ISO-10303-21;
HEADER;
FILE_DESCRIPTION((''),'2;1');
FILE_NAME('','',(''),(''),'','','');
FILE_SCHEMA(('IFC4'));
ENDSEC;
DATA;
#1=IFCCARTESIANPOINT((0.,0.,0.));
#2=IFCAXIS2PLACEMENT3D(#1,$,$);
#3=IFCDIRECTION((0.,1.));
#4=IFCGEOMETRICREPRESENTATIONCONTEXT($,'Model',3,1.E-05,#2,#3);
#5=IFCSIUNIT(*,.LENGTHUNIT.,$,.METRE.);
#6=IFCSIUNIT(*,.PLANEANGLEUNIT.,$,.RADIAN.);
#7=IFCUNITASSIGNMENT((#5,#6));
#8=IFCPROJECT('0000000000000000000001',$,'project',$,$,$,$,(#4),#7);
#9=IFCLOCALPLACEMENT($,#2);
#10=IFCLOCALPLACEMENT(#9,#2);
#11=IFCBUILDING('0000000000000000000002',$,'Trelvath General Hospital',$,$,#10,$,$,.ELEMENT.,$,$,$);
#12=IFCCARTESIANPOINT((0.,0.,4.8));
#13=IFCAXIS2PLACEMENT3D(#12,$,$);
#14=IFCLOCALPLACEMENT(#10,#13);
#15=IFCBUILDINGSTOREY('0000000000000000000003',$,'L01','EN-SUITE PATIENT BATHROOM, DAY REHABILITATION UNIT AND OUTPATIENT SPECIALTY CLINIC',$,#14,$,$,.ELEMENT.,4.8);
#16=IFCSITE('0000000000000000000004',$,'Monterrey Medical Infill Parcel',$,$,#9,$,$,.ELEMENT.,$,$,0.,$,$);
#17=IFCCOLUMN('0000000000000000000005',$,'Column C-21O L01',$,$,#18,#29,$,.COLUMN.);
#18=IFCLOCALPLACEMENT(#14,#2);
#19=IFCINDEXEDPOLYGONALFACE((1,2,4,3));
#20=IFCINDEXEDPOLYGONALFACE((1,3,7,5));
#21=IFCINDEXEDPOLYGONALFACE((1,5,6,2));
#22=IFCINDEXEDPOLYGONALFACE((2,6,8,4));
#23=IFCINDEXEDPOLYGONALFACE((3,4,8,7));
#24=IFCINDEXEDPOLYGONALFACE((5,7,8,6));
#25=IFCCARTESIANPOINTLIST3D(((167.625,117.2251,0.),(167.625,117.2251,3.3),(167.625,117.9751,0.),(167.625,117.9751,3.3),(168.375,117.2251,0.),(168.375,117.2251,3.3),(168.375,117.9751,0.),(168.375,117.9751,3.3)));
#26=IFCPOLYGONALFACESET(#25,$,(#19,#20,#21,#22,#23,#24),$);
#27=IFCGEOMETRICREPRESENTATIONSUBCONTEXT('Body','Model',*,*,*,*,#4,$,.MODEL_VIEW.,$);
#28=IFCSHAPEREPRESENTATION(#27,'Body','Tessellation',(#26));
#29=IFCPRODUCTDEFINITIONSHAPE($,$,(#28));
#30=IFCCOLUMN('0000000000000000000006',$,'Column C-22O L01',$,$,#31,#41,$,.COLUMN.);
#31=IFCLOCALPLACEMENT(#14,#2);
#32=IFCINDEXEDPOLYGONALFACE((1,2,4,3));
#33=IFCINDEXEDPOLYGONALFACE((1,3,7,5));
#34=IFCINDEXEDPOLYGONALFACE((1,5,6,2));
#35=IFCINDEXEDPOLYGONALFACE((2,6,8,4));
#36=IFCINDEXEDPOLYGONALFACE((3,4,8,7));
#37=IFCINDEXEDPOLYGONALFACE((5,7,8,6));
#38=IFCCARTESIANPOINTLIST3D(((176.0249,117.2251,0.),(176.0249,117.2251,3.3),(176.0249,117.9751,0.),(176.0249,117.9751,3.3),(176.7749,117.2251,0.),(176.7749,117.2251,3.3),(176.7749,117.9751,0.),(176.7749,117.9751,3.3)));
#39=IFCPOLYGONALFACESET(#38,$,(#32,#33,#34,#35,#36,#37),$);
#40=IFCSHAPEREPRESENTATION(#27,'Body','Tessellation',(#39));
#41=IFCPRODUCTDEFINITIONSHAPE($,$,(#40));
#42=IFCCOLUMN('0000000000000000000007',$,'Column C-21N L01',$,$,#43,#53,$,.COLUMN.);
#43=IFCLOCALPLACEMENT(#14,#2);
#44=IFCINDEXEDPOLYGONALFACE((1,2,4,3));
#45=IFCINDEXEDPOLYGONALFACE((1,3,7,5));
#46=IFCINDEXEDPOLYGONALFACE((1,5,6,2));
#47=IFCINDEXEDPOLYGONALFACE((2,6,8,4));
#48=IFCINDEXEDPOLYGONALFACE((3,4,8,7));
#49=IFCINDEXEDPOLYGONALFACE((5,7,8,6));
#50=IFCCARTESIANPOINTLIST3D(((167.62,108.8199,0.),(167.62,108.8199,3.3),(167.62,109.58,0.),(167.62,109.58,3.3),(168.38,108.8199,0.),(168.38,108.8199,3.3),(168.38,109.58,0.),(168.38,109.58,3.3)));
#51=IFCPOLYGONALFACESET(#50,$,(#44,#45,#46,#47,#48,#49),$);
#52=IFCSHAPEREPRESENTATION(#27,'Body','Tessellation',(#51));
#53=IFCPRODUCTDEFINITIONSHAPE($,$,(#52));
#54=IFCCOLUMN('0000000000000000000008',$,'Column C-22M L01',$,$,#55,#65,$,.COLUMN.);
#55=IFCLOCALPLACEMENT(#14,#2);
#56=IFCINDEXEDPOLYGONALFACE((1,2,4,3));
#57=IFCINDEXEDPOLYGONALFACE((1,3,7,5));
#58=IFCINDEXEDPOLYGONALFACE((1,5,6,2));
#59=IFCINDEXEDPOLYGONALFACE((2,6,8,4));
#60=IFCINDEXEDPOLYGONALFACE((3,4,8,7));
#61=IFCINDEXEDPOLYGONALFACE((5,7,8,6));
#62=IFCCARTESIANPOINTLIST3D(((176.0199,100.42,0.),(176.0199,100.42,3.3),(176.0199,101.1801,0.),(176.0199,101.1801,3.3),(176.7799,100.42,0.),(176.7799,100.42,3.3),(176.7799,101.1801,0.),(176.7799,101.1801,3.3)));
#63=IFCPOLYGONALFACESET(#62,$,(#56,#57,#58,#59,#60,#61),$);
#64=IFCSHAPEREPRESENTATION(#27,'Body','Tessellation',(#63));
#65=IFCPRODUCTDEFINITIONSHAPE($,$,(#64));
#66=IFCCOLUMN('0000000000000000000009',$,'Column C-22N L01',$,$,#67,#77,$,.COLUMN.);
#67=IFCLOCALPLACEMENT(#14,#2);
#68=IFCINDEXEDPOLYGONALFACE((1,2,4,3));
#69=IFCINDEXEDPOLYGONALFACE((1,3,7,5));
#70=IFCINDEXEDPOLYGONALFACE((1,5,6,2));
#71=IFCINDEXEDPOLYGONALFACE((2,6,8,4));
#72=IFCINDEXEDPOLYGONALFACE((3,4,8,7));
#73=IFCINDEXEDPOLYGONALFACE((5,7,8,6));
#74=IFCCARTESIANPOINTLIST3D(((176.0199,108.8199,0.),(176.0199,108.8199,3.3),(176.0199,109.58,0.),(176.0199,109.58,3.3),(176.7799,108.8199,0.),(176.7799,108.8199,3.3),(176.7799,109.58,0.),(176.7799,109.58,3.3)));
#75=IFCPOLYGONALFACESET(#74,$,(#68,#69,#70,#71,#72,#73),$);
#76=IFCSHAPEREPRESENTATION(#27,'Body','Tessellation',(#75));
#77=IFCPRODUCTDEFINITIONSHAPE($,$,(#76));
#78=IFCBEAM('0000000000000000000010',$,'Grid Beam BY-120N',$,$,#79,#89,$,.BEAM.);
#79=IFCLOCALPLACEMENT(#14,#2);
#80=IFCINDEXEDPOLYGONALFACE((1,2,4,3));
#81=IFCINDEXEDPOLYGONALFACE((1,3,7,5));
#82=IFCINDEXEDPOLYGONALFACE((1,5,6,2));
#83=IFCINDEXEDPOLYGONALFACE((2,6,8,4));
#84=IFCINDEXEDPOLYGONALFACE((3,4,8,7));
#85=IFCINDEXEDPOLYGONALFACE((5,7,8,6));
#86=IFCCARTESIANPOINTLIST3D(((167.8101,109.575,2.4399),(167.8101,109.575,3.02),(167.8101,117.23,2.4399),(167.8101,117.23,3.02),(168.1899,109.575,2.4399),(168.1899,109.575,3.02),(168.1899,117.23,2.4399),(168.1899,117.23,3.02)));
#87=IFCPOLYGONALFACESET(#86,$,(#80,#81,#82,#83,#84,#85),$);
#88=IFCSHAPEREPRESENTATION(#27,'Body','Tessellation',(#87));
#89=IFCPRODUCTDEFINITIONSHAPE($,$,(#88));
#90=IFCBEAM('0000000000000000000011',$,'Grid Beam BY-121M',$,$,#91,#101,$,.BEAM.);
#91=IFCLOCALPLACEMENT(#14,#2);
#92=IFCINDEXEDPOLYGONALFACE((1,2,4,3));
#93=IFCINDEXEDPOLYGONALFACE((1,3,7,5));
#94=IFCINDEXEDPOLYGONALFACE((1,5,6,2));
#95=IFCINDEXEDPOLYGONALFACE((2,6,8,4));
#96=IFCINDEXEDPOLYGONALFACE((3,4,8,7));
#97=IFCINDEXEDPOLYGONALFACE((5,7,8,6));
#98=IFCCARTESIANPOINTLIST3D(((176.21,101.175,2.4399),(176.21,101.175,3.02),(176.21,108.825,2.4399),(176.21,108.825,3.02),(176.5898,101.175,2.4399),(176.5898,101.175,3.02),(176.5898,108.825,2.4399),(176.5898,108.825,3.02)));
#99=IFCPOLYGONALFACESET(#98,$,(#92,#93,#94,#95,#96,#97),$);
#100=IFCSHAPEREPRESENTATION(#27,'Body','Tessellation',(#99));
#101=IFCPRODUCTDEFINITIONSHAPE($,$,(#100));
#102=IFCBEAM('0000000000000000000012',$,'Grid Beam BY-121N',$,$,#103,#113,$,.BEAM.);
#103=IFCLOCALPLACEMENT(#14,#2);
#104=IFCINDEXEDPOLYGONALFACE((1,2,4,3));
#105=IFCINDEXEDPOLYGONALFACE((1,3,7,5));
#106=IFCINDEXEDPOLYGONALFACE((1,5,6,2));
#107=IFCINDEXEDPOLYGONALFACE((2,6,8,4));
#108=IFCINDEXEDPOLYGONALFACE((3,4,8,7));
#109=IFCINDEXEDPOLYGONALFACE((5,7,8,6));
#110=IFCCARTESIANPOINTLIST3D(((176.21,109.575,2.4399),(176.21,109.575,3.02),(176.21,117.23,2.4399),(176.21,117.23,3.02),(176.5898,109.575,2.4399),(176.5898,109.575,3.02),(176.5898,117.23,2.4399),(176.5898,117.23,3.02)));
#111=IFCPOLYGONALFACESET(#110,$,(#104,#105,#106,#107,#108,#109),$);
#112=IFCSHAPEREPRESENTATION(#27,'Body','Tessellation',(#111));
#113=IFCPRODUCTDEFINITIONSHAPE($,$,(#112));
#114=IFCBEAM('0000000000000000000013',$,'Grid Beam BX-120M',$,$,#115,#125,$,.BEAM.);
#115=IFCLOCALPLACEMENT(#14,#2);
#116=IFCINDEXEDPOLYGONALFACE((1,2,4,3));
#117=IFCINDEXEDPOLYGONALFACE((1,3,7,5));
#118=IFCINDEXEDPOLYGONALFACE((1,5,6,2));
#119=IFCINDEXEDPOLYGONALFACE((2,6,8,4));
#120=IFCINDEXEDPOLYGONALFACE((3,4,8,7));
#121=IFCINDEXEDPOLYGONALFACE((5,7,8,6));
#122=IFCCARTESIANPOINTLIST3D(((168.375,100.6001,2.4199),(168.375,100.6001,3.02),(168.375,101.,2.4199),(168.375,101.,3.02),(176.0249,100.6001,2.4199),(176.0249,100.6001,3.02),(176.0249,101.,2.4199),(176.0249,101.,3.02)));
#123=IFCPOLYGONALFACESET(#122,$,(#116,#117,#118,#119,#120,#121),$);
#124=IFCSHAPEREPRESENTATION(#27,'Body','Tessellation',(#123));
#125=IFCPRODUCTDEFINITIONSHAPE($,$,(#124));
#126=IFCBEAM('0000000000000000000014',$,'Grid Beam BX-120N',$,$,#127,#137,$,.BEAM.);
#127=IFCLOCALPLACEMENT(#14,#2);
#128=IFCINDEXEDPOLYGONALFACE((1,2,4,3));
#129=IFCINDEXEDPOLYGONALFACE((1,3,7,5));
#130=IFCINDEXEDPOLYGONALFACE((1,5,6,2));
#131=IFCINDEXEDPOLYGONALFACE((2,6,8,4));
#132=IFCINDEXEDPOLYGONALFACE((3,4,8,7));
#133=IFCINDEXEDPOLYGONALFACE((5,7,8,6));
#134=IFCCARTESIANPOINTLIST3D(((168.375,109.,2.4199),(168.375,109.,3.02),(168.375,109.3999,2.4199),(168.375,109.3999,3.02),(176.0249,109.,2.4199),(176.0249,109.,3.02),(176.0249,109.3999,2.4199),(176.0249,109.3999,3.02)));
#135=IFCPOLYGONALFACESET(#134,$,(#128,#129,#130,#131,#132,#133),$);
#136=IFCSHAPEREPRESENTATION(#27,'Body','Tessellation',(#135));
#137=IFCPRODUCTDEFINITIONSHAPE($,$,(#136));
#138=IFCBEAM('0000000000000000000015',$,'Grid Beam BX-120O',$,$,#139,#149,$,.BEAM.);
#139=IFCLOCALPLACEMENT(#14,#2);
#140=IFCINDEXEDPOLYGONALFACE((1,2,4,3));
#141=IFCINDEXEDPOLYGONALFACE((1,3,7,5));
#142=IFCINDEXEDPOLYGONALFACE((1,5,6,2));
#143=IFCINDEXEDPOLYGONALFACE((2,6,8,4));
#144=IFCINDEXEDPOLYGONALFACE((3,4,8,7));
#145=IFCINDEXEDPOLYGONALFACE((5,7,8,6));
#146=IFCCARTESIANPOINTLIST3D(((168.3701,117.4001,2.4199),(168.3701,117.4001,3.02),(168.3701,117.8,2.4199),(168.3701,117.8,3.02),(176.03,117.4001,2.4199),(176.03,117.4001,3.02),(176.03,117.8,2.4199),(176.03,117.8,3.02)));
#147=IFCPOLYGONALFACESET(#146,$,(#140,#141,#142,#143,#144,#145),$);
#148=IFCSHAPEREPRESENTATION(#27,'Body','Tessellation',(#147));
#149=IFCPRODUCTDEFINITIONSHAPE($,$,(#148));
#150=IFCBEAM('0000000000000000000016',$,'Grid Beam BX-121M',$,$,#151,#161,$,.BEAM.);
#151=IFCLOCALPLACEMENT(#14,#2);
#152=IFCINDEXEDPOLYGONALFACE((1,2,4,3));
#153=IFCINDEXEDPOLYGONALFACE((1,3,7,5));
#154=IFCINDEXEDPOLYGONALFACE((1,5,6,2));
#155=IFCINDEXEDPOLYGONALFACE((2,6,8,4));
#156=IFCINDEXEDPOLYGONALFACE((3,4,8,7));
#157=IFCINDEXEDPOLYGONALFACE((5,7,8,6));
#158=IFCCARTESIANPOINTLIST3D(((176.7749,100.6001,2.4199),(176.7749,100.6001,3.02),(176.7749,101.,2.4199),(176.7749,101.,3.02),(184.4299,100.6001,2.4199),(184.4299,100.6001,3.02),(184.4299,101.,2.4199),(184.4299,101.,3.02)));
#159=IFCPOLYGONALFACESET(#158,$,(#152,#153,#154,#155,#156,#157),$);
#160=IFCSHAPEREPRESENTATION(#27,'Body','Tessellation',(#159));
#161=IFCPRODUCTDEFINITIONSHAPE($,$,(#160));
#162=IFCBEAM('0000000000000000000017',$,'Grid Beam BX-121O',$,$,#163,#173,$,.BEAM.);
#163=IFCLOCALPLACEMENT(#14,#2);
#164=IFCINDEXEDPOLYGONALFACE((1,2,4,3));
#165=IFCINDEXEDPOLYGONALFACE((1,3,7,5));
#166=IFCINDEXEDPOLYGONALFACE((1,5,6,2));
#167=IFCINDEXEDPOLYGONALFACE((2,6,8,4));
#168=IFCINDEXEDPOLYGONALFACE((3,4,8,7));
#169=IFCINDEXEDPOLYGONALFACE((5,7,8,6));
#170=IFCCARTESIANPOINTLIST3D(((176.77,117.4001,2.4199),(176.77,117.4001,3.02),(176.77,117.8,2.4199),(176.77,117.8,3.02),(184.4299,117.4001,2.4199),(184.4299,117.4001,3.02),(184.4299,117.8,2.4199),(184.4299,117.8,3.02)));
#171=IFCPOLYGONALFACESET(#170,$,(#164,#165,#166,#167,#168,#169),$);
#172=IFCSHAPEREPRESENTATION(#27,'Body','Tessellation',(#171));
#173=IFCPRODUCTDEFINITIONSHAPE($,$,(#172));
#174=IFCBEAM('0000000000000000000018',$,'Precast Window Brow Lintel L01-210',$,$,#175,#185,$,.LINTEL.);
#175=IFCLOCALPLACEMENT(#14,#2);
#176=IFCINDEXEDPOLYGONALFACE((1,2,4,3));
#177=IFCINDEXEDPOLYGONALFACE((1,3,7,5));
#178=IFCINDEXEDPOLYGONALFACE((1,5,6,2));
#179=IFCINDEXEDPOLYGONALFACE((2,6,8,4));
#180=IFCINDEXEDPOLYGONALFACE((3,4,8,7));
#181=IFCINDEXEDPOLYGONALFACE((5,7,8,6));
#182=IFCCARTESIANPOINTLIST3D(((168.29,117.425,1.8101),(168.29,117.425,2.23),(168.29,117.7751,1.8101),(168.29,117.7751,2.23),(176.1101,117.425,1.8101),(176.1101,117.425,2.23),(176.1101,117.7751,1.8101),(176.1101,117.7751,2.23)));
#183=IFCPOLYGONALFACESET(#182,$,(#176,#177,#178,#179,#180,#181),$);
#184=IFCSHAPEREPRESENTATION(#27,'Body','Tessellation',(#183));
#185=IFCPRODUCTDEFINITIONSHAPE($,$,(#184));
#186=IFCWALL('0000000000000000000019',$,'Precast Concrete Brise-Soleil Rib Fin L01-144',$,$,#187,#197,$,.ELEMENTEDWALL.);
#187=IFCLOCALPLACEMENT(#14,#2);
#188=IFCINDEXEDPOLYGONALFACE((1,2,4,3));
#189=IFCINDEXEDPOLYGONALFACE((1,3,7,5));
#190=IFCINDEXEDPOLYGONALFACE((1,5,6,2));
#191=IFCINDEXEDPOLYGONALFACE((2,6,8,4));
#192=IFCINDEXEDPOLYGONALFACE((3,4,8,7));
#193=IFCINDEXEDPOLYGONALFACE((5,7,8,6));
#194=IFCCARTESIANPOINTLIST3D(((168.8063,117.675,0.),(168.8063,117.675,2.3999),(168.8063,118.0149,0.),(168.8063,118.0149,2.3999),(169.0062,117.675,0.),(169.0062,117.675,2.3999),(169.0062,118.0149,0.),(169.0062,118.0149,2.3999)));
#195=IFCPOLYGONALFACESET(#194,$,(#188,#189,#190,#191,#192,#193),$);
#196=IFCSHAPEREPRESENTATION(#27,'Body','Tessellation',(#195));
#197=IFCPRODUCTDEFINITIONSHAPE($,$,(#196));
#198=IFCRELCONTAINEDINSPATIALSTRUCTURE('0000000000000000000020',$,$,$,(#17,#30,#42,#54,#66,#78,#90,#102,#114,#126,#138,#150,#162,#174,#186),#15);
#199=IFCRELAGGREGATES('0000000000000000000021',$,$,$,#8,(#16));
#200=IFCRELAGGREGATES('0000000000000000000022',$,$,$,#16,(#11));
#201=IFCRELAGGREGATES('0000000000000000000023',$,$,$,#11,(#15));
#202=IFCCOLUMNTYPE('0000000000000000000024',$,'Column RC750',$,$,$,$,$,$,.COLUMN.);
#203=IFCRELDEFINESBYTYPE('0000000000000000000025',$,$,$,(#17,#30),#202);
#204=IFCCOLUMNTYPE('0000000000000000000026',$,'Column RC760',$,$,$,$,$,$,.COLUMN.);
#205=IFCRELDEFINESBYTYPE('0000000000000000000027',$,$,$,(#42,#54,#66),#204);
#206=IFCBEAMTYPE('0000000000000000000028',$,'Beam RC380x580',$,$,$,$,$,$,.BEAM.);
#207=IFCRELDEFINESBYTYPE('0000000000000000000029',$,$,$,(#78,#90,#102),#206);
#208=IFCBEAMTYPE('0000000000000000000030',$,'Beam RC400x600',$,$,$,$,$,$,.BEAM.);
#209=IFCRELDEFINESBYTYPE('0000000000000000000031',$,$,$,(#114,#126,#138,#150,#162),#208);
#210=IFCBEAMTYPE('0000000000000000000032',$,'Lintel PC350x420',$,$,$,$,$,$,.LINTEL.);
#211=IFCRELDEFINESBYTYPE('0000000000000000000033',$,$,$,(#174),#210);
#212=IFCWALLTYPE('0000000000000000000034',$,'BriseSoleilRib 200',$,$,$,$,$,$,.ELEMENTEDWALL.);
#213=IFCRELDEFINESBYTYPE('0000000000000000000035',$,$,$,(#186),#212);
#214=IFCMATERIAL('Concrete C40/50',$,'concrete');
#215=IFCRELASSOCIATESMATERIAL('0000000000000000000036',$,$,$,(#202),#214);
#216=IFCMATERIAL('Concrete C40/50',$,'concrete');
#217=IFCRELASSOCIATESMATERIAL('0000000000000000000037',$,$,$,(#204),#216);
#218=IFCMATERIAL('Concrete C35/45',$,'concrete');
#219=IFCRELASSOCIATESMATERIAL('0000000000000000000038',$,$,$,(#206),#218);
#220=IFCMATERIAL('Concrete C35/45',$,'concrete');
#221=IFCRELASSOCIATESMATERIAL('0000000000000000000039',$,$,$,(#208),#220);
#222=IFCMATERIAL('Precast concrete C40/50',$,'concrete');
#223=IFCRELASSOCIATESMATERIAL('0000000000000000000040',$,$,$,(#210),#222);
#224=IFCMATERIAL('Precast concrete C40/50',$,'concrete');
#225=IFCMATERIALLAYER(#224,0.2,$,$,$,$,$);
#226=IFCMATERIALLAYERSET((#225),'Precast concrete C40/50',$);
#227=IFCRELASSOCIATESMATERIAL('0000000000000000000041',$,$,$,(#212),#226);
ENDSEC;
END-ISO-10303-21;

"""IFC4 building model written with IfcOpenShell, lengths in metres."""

from ifc_helpers import new_model, si_unit, direction, frame, frame_2d, origin, origin_2d, place, context, subcontext, project, spatial, rectangle, extrude, material, layer, layer_set, material_profile, profile_set, type_object, element, save


model = new_model("IFC4")

# Units and contexts
model_context = context("Model", 3, precision=1e-05, world=origin(), true_north=direction((0.0, 1.0)))
body_context = subcontext(model_context, "Body", "Model", "MODEL_VIEW")
ifc_project = project(units=[si_unit("LENGTHUNIT", "METRE"), si_unit("PLANEANGLEUNIT", "RADIAN")], contexts=[model_context])

# Site, building, storey
site_placement = place(None, origin())
site = spatial("IfcSite", under=ifc_project, at=site_placement, Name="Monterrey Medical Infill Parcel", CompositionType="ELEMENT", RefElevation=0.0)
building_placement = place(site_placement, origin())
building = spatial("IfcBuilding", under=site, at=building_placement, Name="Trelvath General Hospital", CompositionType="ELEMENT")
storey_placement = place(building_placement, frame((0.0, 0.0, 4.8)))
storey = spatial("IfcBuildingStorey", under=building, at=storey_placement, Name="L01", Description="EN-SUITE PATIENT BATHROOM, DAY REHABILITATION UNIT AND OUTPATIENT SPECIALTY CLINIC", CompositionType="ELEMENT", Elevation=4.8)

# Columns
ifc_material_1 = material(Name="Concrete C40/50", Category="concrete")
ifc_material_profile_1 = material_profile(ifc_material_1, rectangle(XDim=0.75, YDim=0.75, at=origin_2d()), Name="RC750x750")
ifc_profile_set_1 = profile_set([ifc_material_profile_1], Name="Concrete C40/50")
column_type_1 = type_object("IfcColumnType", Name="Column RC750", PredefinedType="COLUMN", material=ifc_profile_set_1)
for number, where, z_axis, x_axis, name in (
    (1, (168.0, 117.6001, 0.0), (0.0, 0.0, 1.0), (1.0, 0.0, 0.0), "Column C-21O L01"),
    (2, (176.3999, 117.6001, 0.0), (0.0, 0.0, 1.0), (1.0, 0.0, 0.0), "Column C-22O L01"),
):
    element("IfcColumn", number, at=place(storey_placement, frame(where, z_axis=z_axis, x_axis=x_axis)), inside=storey, type_object=column_type_1, Name=name, PredefinedType="COLUMN", context=body_context, shape_type="SweptSolid", body=[
        extrude(rectangle(XDim=0.75, YDim=0.75, at=origin_2d()), origin(), (0.0, 0.0, 1.0), 3.3),
    ])
ifc_material_2 = material(Name="Concrete C40/50", Category="concrete")
ifc_material_profile_2 = material_profile(ifc_material_2, rectangle(XDim=0.76, YDim=0.76, at=origin_2d()), Name="RC760x760")
ifc_profile_set_2 = profile_set([ifc_material_profile_2], Name="Concrete C40/50")
column_type_2 = type_object("IfcColumnType", Name="Column RC760", PredefinedType="COLUMN", material=ifc_profile_set_2)
for number, where, z_axis, x_axis, name in (
    (3, (168.0, 109.2, 0.0), (0.0, 0.0, 1.0), (1.0, 0.0, 0.0), "Column C-21N L01"),
    (4, (176.3999, 100.8, 0.0), (0.0, 0.0, 1.0), (1.0, 0.0, 0.0), "Column C-22M L01"),
    (5, (176.3999, 109.2, 0.0), (0.0, 0.0, 1.0), (1.0, 0.0, 0.0), "Column C-22N L01"),
):
    element("IfcColumn", number, at=place(storey_placement, frame(where, z_axis=z_axis, x_axis=x_axis)), inside=storey, type_object=column_type_2, Name=name, PredefinedType="COLUMN", context=body_context, shape_type="SweptSolid", body=[
        extrude(rectangle(XDim=0.76, YDim=0.76, at=origin_2d()), origin(), (0.0, 0.0, 1.0), 3.3),
    ])

# Beams
ifc_material_3 = material(Name="Concrete C35/45", Category="concrete")
ifc_material_profile_3 = material_profile(ifc_material_3, rectangle(XDim=0.3799, YDim=0.5801, at=origin_2d()), Name="RCB380x580")
ifc_profile_set_3 = profile_set([ifc_material_profile_3], Name="Concrete C35/45")
beam_type_1 = type_object("IfcBeamType", Name="Beam RC380x580", PredefinedType="BEAM", material=ifc_profile_set_3)
beam_1_placement = place(storey_placement, frame((168.0, 109.575, 2.73), z_axis=(0.0, 1.0, 0.0), x_axis=(-1.0, 0.0, 0.0)))
element("IfcBeam", 6, at=beam_1_placement, inside=storey, type_object=beam_type_1, Name="Grid Beam BY-120N", PredefinedType="BEAM", context=body_context, shape_type="SweptSolid", body=[
    extrude(rectangle(XDim=0.3799, YDim=0.5801, at=origin_2d()), origin(), (0.0, 0.0, 1.0), 7.655),
])
beam_2_placement = place(storey_placement, frame((176.3999, 101.175, 2.73), z_axis=(0.0, 1.0, 0.0), x_axis=(-1.0, 0.0, 0.0)))
element("IfcBeam", 7, at=beam_2_placement, inside=storey, type_object=beam_type_1, Name="Grid Beam BY-121M", PredefinedType="BEAM", context=body_context, shape_type="SweptSolid", body=[
    extrude(rectangle(XDim=0.3799, YDim=0.5801, at=origin_2d()), origin(), (0.0, 0.0, 1.0), 7.6499),
])
beam_3_placement = place(storey_placement, frame((176.3999, 109.575, 2.73), z_axis=(0.0, 1.0, 0.0), x_axis=(-1.0, 0.0, 0.0)))
element("IfcBeam", 8, at=beam_3_placement, inside=storey, type_object=beam_type_1, Name="Grid Beam BY-121N", PredefinedType="BEAM", context=body_context, shape_type="SweptSolid", body=[
    extrude(rectangle(XDim=0.3799, YDim=0.5801, at=origin_2d()), origin(), (0.0, 0.0, 1.0), 7.655),
])
ifc_material_4 = material(Name="Concrete C35/45", Category="concrete")
ifc_material_profile_4 = material_profile(ifc_material_4, rectangle(XDim=0.3999, YDim=0.6001, at=origin_2d()), Name="RCB400x600")
ifc_profile_set_4 = profile_set([ifc_material_profile_4], Name="Concrete C35/45")
beam_type_2 = type_object("IfcBeamType", Name="Beam RC400x600", PredefinedType="BEAM", material=ifc_profile_set_4)
for number, where, z_axis, x_axis, name in (
    (9, (168.375, 100.8, 2.72), (1.0, 0.0, 0.0), (0.0, 1.0, 0.0), "Grid Beam BX-120M"),
    (10, (168.375, 109.2, 2.72), (1.0, 0.0, 0.0), (0.0, 1.0, 0.0), "Grid Beam BX-120N"),
):
    element("IfcBeam", number, at=place(storey_placement, frame(where, z_axis=z_axis, x_axis=x_axis)), inside=storey, type_object=beam_type_2, Name=name, PredefinedType="BEAM", context=body_context, shape_type="SweptSolid", body=[
        extrude(rectangle(XDim=0.3999, YDim=0.6001, at=origin_2d()), origin(), (0.0, 0.0, 1.0), 7.6499),
    ])
beam_4_placement = place(storey_placement, frame((168.3701, 117.6001, 2.72), z_axis=(1.0, 0.0, 0.0), x_axis=(0.0, 1.0, 0.0)))
element("IfcBeam", 11, at=beam_4_placement, inside=storey, type_object=beam_type_2, Name="Grid Beam BX-120O", PredefinedType="BEAM", context=body_context, shape_type="SweptSolid", body=[
    extrude(rectangle(XDim=0.3999, YDim=0.6001, at=origin_2d()), origin(), (0.0, 0.0, 1.0), 7.6599),
])
beam_5_placement = place(storey_placement, frame((176.7749, 100.8, 2.72), z_axis=(1.0, 0.0, 0.0), x_axis=(0.0, 1.0, 0.0)))
element("IfcBeam", 12, at=beam_5_placement, inside=storey, type_object=beam_type_2, Name="Grid Beam BX-121M", PredefinedType="BEAM", context=body_context, shape_type="SweptSolid", body=[
    extrude(rectangle(XDim=0.3999, YDim=0.6001, at=origin_2d()), origin(), (0.0, 0.0, 1.0), 7.655),
])
beam_6_placement = place(storey_placement, frame((176.77, 117.6001, 2.72), z_axis=(1.0, 0.0, 0.0), x_axis=(0.0, 1.0, 0.0)))
element("IfcBeam", 13, at=beam_6_placement, inside=storey, type_object=beam_type_2, Name="Grid Beam BX-121O", PredefinedType="BEAM", context=body_context, shape_type="SweptSolid", body=[
    extrude(rectangle(XDim=0.3999, YDim=0.6001, at=origin_2d()), origin(), (0.0, 0.0, 1.0), 7.6599),
])
ifc_material_5 = material(Name="Precast concrete C40/50", Category="concrete")
ifc_material_profile_5 = material_profile(ifc_material_5, rectangle(XDim=0.3501, YDim=0.4199, at=origin_2d()), Name="PCL350x420")
ifc_profile_set_5 = profile_set([ifc_material_profile_5], Name="Precast concrete C40/50")
beam_type_3 = type_object("IfcBeamType", Name="Lintel PC350x420", PredefinedType="LINTEL", material=ifc_profile_set_5)
beam_7_placement = place(storey_placement, frame((168.29, 117.6001, 2.02), z_axis=(1.0, 0.0, 0.0), x_axis=(0.0, 1.0, 0.0)))
element("IfcBeam", 14, at=beam_7_placement, inside=storey, type_object=beam_type_3, Name="Precast Window Brow Lintel L01-210", PredefinedType="LINTEL", context=body_context, shape_type="SweptSolid", body=[
    extrude(rectangle(XDim=0.3501, YDim=0.4199, at=origin_2d()), origin(), (0.0, 0.0, 1.0), 7.8201),
])

# Wall
ifc_material_6 = material(Name="Precast concrete C40/50", Category="concrete")
ifc_layer_1 = layer(ifc_material_6, 0.2)
ifc_layer_set_1 = layer_set([ifc_layer_1], Name="Precast concrete C40/50")
wall_type_1 = type_object("IfcWallType", Name="BriseSoleilRib 200", PredefinedType="ELEMENTEDWALL", material=ifc_layer_set_1)
wall_1_placement = place(storey_placement, frame((168.9062, 117.675, 0.0), z_axis=(0.0, 0.0, 1.0), x_axis=(0.0, 1.0, 0.0)))
element("IfcWall", 15, at=wall_1_placement, inside=storey, type_object=wall_type_1, Name="Precast Concrete Brise-Soleil Rib Fin L01-144", PredefinedType="ELEMENTEDWALL", context=body_context, shape_type="SweptSolid", body=[
    extrude(rectangle(XDim=0.3398, YDim=0.2, at=frame_2d((0.1699, 0.0))), origin(), (0.0, 0.0, 1.0), 2.3999),
])

save(model, "model.ifc")
